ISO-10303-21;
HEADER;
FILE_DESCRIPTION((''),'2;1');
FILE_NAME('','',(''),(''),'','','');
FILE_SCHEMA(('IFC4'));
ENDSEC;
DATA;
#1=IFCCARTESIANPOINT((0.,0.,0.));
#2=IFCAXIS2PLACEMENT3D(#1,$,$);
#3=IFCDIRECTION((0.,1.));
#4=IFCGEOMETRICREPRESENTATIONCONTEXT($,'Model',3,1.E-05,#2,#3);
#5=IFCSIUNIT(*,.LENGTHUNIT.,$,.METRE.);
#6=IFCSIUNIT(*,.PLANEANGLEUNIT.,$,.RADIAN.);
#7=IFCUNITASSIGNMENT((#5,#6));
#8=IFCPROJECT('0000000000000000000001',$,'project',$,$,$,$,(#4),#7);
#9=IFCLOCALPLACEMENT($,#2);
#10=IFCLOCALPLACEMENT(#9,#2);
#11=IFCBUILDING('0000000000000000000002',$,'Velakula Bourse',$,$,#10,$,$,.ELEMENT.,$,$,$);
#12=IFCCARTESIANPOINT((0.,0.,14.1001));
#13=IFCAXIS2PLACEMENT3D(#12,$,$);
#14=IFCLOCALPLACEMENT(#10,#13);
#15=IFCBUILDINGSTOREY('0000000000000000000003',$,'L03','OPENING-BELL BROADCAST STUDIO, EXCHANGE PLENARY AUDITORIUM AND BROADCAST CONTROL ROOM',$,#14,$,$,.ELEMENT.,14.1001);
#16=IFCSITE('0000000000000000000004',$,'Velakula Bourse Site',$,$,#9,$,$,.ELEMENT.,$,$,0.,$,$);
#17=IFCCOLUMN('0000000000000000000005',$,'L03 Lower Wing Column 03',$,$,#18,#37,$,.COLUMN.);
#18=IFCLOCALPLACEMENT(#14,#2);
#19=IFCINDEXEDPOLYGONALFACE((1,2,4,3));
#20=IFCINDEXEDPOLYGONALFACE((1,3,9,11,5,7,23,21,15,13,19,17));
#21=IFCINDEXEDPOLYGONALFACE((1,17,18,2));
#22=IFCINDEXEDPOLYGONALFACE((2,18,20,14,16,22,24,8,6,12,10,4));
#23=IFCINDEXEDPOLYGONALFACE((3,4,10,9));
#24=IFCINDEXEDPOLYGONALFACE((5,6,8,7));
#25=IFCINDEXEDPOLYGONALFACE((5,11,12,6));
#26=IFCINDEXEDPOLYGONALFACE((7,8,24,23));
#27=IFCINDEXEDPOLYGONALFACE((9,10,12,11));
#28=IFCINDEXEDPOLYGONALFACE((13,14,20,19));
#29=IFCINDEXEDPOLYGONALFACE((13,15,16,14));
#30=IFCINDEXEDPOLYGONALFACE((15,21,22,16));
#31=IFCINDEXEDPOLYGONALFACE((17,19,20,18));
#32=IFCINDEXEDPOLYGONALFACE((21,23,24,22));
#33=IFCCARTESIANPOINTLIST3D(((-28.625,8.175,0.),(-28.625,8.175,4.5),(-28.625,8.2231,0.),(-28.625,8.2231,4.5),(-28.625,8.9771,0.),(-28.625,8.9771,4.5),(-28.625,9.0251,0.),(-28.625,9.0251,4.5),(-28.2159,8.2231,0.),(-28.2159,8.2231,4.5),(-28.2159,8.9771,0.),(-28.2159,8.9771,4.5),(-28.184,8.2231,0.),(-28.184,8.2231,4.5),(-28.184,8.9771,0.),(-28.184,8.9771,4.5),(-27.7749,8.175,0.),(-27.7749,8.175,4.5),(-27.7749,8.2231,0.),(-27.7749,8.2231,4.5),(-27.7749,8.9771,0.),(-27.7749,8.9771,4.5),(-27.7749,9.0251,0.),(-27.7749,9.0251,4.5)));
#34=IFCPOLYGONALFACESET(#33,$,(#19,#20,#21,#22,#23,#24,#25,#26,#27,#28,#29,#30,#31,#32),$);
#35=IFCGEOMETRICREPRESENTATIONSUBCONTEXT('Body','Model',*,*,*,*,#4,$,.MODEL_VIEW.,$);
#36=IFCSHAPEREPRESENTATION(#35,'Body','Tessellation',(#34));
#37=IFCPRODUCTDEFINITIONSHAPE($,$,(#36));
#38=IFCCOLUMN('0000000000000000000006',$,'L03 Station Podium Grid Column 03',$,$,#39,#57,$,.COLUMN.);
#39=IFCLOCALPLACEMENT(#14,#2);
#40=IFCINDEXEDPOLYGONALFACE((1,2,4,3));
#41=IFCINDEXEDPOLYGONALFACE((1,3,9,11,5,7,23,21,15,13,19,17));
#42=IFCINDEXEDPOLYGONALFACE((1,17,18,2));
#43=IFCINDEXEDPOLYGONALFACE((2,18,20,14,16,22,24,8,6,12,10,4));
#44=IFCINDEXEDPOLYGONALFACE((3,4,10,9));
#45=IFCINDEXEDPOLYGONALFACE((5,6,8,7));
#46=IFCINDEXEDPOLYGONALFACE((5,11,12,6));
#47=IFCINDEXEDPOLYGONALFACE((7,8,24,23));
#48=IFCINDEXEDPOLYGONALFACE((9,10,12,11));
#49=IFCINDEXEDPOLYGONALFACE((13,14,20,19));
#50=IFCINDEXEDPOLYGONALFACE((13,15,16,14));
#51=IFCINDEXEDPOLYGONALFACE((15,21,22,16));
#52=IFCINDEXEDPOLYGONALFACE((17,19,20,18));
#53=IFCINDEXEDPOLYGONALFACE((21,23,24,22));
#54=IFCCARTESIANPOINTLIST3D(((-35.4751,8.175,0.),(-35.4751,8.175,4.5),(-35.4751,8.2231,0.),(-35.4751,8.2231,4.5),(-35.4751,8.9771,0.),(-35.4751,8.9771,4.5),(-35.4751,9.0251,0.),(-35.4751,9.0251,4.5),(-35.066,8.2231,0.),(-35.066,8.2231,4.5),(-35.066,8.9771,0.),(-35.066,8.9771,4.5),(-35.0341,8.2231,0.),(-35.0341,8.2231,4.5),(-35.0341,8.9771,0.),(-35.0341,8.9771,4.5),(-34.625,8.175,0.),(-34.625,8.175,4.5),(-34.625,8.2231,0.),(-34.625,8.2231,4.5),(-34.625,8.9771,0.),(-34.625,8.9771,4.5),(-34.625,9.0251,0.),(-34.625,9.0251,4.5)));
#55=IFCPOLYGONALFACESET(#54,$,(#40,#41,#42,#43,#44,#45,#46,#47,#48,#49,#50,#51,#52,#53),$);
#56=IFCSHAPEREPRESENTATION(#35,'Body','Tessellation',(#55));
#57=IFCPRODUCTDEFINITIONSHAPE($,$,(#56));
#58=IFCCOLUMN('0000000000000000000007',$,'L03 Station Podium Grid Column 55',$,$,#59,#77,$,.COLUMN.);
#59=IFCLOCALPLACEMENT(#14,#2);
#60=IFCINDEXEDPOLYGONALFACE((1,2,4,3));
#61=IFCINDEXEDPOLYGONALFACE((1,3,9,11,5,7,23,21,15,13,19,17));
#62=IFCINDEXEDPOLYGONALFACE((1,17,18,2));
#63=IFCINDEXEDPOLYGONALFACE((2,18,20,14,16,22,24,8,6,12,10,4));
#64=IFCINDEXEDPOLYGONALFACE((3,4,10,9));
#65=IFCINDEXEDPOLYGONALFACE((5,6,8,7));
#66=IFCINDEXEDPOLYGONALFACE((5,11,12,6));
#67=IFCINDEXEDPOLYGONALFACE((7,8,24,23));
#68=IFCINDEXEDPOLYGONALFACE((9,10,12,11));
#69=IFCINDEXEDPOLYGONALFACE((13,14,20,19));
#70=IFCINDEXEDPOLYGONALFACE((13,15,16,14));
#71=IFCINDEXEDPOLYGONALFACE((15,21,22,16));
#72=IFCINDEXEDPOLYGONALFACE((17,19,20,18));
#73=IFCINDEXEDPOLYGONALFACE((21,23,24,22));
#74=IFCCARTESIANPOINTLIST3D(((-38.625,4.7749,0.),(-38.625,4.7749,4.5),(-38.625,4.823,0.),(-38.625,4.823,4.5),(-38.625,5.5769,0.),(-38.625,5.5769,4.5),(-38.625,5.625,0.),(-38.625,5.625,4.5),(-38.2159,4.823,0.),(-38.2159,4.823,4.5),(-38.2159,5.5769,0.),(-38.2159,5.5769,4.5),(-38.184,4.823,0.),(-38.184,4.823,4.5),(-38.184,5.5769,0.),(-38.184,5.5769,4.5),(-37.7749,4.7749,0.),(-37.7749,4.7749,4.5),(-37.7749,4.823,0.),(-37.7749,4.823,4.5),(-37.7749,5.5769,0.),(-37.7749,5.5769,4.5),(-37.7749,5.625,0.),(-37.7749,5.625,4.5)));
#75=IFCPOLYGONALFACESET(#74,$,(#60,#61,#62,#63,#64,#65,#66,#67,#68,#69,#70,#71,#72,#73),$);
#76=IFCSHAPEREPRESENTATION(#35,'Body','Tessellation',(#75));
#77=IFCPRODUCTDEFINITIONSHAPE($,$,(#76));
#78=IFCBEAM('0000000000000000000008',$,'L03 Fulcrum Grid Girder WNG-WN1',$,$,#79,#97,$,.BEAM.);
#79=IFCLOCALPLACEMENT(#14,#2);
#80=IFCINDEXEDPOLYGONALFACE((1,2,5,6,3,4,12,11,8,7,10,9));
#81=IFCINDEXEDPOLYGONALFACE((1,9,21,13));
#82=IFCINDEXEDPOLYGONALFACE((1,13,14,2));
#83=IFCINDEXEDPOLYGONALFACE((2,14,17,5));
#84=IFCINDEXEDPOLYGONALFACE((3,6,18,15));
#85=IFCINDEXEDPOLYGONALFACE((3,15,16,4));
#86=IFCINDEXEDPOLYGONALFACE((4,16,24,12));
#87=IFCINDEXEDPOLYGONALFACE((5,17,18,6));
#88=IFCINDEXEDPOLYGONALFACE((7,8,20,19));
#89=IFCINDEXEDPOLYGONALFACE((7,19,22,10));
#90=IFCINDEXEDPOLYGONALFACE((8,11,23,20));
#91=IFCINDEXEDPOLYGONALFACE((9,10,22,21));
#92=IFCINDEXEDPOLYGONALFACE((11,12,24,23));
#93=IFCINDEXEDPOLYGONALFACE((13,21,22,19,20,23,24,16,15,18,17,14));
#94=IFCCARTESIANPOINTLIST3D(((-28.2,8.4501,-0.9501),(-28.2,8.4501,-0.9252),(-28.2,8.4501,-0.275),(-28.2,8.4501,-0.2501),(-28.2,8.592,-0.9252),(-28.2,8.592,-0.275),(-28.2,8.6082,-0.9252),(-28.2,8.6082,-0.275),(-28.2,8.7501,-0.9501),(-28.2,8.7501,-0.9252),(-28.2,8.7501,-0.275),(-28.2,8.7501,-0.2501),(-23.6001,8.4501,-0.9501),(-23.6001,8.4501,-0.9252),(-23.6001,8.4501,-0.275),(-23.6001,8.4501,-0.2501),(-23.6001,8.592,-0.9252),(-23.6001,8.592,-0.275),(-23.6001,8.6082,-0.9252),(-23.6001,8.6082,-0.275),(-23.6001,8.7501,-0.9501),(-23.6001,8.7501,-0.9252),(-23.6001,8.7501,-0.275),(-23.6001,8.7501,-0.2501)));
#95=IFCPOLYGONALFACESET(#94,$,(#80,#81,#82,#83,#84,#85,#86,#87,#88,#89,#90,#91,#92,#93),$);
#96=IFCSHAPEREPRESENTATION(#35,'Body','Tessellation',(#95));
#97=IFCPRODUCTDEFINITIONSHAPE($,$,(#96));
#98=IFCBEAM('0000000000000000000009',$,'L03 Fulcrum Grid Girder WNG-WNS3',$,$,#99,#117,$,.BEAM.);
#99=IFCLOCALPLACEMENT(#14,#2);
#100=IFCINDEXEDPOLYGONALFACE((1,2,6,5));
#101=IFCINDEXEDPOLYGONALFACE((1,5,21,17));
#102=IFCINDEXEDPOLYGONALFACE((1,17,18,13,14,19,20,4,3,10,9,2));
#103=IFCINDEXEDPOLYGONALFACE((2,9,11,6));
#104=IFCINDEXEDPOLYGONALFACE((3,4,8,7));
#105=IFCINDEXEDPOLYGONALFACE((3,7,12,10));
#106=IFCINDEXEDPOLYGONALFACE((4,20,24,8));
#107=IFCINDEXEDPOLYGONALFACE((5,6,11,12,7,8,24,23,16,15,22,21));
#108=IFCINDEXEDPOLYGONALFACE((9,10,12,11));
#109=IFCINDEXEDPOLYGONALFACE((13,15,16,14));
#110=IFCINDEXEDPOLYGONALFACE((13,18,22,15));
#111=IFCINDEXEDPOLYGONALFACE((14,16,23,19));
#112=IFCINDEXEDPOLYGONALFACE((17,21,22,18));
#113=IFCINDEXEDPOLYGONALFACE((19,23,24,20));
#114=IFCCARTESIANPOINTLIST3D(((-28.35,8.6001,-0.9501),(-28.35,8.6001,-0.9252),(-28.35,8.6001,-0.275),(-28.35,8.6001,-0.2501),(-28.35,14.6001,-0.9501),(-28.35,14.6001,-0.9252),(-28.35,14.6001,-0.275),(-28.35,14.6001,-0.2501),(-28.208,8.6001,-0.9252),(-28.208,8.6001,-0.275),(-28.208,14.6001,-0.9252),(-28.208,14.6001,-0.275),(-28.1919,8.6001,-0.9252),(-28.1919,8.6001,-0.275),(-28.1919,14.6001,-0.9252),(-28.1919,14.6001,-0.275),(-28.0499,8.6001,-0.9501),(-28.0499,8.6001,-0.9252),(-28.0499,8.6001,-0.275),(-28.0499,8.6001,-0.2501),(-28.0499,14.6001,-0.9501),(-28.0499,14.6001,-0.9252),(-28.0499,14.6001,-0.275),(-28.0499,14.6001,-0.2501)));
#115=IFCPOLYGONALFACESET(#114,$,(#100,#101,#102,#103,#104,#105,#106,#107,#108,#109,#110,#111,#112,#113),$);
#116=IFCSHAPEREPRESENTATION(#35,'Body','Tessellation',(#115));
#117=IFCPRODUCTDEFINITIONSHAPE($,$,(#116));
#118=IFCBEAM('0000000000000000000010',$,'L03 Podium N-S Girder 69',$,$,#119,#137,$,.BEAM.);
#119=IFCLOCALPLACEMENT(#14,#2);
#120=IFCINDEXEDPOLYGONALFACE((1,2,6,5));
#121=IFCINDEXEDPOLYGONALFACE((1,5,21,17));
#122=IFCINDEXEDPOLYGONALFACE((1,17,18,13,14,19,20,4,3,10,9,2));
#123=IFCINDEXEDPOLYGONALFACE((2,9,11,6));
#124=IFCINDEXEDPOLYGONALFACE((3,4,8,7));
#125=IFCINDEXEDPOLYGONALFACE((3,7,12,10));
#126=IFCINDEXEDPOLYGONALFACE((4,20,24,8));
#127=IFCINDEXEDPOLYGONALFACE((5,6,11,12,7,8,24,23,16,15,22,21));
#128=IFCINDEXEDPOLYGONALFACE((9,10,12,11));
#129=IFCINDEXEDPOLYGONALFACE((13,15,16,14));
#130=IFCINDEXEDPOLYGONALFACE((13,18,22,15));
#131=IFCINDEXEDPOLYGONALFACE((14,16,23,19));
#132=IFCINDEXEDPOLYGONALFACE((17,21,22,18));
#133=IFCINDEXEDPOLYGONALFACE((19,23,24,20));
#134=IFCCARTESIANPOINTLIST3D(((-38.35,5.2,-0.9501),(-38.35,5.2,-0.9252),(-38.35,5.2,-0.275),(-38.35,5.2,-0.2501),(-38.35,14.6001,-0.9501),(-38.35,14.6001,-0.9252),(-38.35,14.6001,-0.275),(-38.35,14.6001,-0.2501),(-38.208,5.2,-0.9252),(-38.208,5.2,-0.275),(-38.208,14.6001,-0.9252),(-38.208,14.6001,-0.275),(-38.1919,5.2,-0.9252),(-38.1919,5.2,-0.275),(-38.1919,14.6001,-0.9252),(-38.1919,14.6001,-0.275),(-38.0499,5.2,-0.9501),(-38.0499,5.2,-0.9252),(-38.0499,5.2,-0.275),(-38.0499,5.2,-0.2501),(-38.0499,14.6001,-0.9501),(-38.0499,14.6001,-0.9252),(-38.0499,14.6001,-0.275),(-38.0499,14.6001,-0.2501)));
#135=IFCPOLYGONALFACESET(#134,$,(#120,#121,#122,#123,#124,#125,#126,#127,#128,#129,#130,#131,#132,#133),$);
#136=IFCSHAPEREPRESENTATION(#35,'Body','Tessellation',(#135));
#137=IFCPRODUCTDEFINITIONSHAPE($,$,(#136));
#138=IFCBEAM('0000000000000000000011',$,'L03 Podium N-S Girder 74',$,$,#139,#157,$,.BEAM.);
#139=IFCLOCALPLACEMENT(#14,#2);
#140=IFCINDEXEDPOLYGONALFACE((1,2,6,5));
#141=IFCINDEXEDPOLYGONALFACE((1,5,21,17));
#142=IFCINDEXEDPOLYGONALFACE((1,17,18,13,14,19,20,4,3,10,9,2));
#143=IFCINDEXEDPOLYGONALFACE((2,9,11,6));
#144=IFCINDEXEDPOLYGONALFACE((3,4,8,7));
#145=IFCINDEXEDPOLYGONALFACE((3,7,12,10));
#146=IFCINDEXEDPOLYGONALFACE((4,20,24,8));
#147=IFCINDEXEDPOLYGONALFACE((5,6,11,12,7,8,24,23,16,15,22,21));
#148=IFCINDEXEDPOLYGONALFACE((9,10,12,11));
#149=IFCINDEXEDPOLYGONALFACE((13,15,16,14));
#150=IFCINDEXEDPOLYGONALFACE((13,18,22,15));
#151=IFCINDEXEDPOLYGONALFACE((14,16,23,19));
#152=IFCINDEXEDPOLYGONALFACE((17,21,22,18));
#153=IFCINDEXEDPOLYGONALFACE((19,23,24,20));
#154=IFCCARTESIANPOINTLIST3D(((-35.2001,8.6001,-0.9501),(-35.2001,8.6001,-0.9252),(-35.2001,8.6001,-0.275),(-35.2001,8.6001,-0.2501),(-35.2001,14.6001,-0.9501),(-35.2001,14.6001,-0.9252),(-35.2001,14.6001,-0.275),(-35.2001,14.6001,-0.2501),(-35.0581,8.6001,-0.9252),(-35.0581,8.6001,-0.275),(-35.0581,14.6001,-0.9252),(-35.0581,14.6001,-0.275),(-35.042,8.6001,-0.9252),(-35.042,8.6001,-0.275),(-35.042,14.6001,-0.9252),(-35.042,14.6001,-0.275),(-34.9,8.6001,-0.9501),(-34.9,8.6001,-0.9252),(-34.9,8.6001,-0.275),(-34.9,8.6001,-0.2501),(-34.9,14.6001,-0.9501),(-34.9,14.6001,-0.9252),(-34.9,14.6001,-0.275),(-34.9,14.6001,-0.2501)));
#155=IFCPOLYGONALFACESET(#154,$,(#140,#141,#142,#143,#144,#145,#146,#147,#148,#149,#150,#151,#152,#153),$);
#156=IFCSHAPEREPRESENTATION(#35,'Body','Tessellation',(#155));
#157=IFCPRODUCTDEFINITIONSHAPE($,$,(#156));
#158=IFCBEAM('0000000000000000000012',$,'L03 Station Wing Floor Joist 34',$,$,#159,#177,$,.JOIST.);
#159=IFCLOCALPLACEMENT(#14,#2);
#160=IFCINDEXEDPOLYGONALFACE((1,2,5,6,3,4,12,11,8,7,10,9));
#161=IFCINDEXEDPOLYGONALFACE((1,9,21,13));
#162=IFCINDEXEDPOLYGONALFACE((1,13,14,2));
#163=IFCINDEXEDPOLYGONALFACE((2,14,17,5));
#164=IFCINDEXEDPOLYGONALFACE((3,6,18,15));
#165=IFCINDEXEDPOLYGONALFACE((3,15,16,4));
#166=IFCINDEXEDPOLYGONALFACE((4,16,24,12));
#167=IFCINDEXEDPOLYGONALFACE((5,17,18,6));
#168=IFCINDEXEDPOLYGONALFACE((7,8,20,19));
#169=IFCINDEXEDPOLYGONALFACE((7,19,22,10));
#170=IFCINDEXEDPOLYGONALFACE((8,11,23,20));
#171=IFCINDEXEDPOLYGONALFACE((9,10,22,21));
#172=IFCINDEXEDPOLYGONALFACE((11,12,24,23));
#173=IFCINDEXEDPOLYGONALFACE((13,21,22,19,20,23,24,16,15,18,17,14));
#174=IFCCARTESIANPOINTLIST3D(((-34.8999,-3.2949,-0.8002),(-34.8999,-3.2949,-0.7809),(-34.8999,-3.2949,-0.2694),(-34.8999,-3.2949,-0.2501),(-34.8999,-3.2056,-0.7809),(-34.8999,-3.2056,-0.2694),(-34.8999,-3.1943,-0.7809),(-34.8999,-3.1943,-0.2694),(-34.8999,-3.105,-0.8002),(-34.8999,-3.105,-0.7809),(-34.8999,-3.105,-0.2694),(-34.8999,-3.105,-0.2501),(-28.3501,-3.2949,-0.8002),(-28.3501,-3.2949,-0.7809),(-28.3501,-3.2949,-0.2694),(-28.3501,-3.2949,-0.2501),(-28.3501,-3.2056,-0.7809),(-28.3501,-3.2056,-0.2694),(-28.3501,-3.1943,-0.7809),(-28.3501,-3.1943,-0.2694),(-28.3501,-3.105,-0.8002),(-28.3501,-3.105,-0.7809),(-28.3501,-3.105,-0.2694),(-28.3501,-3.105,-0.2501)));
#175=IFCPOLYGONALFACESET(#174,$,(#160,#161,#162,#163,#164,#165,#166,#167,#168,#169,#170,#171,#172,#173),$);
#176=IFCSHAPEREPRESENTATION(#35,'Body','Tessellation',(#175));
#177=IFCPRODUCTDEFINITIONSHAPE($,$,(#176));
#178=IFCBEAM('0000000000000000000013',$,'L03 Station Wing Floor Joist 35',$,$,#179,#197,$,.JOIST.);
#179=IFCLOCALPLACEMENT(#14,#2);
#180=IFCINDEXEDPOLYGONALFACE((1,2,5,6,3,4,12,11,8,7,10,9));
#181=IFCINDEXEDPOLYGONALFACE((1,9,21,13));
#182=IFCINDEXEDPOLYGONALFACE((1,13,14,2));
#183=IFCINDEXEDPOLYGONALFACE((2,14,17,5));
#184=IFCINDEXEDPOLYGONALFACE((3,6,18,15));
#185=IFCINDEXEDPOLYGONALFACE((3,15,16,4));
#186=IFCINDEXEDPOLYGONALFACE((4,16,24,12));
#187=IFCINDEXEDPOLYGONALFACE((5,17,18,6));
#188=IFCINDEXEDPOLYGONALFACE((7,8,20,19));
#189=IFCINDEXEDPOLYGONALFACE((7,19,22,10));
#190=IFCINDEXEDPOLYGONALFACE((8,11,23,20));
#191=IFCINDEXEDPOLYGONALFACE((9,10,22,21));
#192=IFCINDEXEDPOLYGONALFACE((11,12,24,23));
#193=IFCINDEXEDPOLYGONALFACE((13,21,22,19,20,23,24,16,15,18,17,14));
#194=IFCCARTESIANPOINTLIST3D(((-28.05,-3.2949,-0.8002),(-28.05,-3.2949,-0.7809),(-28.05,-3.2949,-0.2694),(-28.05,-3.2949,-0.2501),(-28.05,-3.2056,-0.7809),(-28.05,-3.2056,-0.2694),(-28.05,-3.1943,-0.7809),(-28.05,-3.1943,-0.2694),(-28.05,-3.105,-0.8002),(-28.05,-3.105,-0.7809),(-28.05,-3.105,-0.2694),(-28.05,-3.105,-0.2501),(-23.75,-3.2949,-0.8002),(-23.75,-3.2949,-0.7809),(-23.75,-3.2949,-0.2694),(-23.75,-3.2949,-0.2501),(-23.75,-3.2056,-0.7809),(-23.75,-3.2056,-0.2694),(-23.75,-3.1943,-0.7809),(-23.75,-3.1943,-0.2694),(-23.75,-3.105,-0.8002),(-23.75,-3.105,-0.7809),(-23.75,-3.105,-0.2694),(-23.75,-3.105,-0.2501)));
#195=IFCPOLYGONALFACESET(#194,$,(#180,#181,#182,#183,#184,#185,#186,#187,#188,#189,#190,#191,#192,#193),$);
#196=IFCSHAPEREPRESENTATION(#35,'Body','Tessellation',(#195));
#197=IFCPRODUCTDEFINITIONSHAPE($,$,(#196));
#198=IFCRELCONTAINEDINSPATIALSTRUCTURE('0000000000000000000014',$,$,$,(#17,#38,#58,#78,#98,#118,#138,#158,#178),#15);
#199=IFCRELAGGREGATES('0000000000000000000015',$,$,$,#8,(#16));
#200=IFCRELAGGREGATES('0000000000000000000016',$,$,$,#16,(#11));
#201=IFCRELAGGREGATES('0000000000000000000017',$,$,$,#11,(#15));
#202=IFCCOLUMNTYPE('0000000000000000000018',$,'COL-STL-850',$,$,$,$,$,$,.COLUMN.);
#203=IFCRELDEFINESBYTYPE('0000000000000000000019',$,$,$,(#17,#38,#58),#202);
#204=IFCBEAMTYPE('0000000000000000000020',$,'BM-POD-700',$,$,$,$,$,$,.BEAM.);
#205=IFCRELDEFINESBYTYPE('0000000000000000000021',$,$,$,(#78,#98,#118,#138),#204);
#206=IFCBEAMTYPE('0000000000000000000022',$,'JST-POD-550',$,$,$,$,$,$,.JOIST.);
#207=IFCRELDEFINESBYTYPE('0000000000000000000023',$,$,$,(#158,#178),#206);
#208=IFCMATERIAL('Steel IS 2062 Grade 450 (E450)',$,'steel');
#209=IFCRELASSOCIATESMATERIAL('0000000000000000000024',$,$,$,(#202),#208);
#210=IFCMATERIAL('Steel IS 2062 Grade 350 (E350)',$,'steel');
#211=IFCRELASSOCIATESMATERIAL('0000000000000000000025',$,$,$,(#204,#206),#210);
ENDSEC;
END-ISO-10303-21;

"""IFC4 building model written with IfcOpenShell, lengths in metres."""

from ifc_helpers import new_model, si_unit, direction, frame, origin, origin_2d, place, context, subcontext, project, spatial, i_section, extrude, material, material_profile, profile_set, type_object, element, save


model = new_model("IFC4")

# Units and contexts
model_context = context("Model", 3, precision=1e-05, world=origin(), true_north=direction((0.0, 1.0)))
body_context = subcontext(model_context, "Body", "Model", "MODEL_VIEW")
ifc_project = project(units=[si_unit("LENGTHUNIT", "METRE"), si_unit("PLANEANGLEUNIT", "RADIAN")], contexts=[model_context])

# Site, building, storey
site_placement = place(None, origin())
site = spatial("IfcSite", under=ifc_project, at=site_placement, Name="Velakula Bourse Site", CompositionType="ELEMENT", RefElevation=0.0)
building_placement = place(site_placement, origin())
building = spatial("IfcBuilding", under=site, at=building_placement, Name="Velakula Bourse", CompositionType="ELEMENT")
storey_placement = place(building_placement, frame((0.0, 0.0, 14.1001)))
storey = spatial("IfcBuildingStorey", under=building, at=storey_placement, Name="L03", Description="OPENING-BELL BROADCAST STUDIO, EXCHANGE PLENARY AUDITORIUM AND BROADCAST CONTROL ROOM", CompositionType="ELEMENT", Elevation=14.1001)

# Columns
ifc_material_1 = material(Name="Steel IS 2062 Grade 450 (E450)", Category="steel")
ifc_material_profile_1 = material_profile(ifc_material_1, i_section(OverallWidth=0.8501, OverallDepth=0.8501, WebThickness=0.032, FlangeThickness=0.0481, at=origin_2d()), Name="Steel IS 2062 Grade 450 (E450)")
ifc_profile_set_1 = profile_set([ifc_material_profile_1], Name="Steel IS 2062 Grade 450 (E450)")
column_type = type_object("IfcColumnType", Name="COL-STL-850", PredefinedType="COLUMN", material=ifc_profile_set_1)
for number, where, z_axis, x_axis, name in (
    (1, (-28.2, 8.6001, 0.0), (0.0, 0.0, 1.0), (1.0, 0.0, 0.0), "L03 Lower Wing Column 03"),
    (2, (-35.05, 8.6001, 0.0), (0.0, 0.0, 1.0), (1.0, 0.0, 0.0), "L03 Station Podium Grid Column 03"),
    (3, (-38.2, 5.2, 0.0), (0.0, 0.0, 1.0), (1.0, 0.0, 0.0), "L03 Station Podium Grid Column 55"),
):
    element("IfcColumn", number, at=place(storey_placement, frame(where, z_axis=z_axis, x_axis=x_axis)), inside=storey, type_object=column_type, Name=name, PredefinedType="COLUMN", context=body_context, shape_type="SweptSolid", body=[
        extrude(i_section(OverallWidth=0.8501, OverallDepth=0.8501, WebThickness=0.032, FlangeThickness=0.0481, at=origin_2d()), origin(), (0.0, 0.0, 1.0), 4.5),
    ])

# Beams
ifc_material_2 = material(Name="Steel IS 2062 Grade 350 (E350)", Category="steel")
ifc_material_profile_2 = material_profile(ifc_material_2, i_section(OverallWidth=0.3, OverallDepth=0.7, WebThickness=0.0161, FlangeThickness=0.0249, at=origin_2d()), Name="Steel IS 2062 Grade 350 (E350)")
ifc_profile_set_2 = profile_set([ifc_material_profile_2], Name="Steel IS 2062 Grade 350 (E350)")
beam_type_1 = type_object("IfcBeamType", Name="BM-POD-700", PredefinedType="BEAM", material=ifc_profile_set_2)
beam_1_placement = place(storey_placement, frame((-28.2, 8.6001, -0.6001), z_axis=(1.0, 0.0, 0.0), x_axis=(0.0, 1.0, 0.0)))
element("IfcBeam", 4, at=beam_1_placement, inside=storey, type_object=beam_type_1, Name="L03 Fulcrum Grid Girder WNG-WN1", PredefinedType="BEAM", context=body_context, shape_type="SweptSolid", body=[
    extrude(i_section(OverallWidth=0.3, OverallDepth=0.7, WebThickness=0.0161, FlangeThickness=0.0249, at=origin_2d()), origin(), (0.0, 0.0, 1.0), 4.5999),
])
beam_2_placement = place(storey_placement, frame((-28.2, 8.6001, -0.6001), z_axis=(0.0, 1.0, 0.0), x_axis=(-1.0, 0.0, 0.0)))
element("IfcBeam", 5, at=beam_2_placement, inside=storey, type_object=beam_type_1, Name="L03 Fulcrum Grid Girder WNG-WNS3", PredefinedType="BEAM", context=body_context, shape_type="SweptSolid", body=[
    extrude(i_section(OverallWidth=0.3, OverallDepth=0.7, WebThickness=0.0161, FlangeThickness=0.0249, at=origin_2d()), origin(), (0.0, 0.0, 1.0), 6.0),
])
beam_3_placement = place(storey_placement, frame((-38.2, 5.2, -0.6001), z_axis=(0.0, 1.0, 0.0), x_axis=(-1.0, 0.0, 0.0)))
element("IfcBeam", 6, at=beam_3_placement, inside=storey, type_object=beam_type_1, Name="L03 Podium N-S Girder 69", PredefinedType="BEAM", context=body_context, shape_type="SweptSolid", body=[
    extrude(i_section(OverallWidth=0.3, OverallDepth=0.7, WebThickness=0.0161, FlangeThickness=0.0249, at=origin_2d()), origin(), (0.0, 0.0, 1.0), 9.4001),
])
beam_4_placement = place(storey_placement, frame((-35.05, 8.6001, -0.6001), z_axis=(0.0, 1.0, 0.0), x_axis=(-1.0, 0.0, 0.0)))
element("IfcBeam", 7, at=beam_4_placement, inside=storey, type_object=beam_type_1, Name="L03 Podium N-S Girder 74", PredefinedType="BEAM", context=body_context, shape_type="SweptSolid", body=[
    extrude(i_section(OverallWidth=0.3, OverallDepth=0.7, WebThickness=0.0161, FlangeThickness=0.0249, at=origin_2d()), origin(), (0.0, 0.0, 1.0), 6.0),
])
ifc_material_profile_3 = material_profile(ifc_material_2, i_section(OverallWidth=0.1899, OverallDepth=0.55, WebThickness=0.0112, FlangeThickness=0.0193, at=origin_2d()), Name="Steel IS 2062 Grade 350 (E350)")
ifc_profile_set_3 = profile_set([ifc_material_profile_3], Name="Steel IS 2062 Grade 350 (E350)")
beam_type_2 = type_object("IfcBeamType", Name="JST-POD-550", PredefinedType="JOIST", material=ifc_profile_set_3)
beam_5_placement = place(storey_placement, frame((-34.8999, -3.2, -0.5251), z_axis=(1.0, 0.0, 0.0), x_axis=(0.0, 1.0, 0.0)))
element("IfcBeam", 8, at=beam_5_placement, inside=storey, type_object=beam_type_2, Name="L03 Station Wing Floor Joist 34", PredefinedType="JOIST", context=body_context, shape_type="SweptSolid", body=[
    extrude(i_section(OverallWidth=0.1899, OverallDepth=0.55, WebThickness=0.0112, FlangeThickness=0.0193, at=origin_2d()), origin(), (0.0, 0.0, 1.0), 6.5498),
])
beam_6_placement = place(storey_placement, frame((-28.05, -3.2, -0.5251), z_axis=(1.0, 0.0, 0.0), x_axis=(0.0, 1.0, 0.0)))
element("IfcBeam", 9, at=beam_6_placement, inside=storey, type_object=beam_type_2, Name="L03 Station Wing Floor Joist 35", PredefinedType="JOIST", context=body_context, shape_type="SweptSolid", body=[
    extrude(i_section(OverallWidth=0.1899, OverallDepth=0.55, WebThickness=0.0112, FlangeThickness=0.0193, at=origin_2d()), origin(), (0.0, 0.0, 1.0), 4.3),
])

save(model, "model.ifc")
